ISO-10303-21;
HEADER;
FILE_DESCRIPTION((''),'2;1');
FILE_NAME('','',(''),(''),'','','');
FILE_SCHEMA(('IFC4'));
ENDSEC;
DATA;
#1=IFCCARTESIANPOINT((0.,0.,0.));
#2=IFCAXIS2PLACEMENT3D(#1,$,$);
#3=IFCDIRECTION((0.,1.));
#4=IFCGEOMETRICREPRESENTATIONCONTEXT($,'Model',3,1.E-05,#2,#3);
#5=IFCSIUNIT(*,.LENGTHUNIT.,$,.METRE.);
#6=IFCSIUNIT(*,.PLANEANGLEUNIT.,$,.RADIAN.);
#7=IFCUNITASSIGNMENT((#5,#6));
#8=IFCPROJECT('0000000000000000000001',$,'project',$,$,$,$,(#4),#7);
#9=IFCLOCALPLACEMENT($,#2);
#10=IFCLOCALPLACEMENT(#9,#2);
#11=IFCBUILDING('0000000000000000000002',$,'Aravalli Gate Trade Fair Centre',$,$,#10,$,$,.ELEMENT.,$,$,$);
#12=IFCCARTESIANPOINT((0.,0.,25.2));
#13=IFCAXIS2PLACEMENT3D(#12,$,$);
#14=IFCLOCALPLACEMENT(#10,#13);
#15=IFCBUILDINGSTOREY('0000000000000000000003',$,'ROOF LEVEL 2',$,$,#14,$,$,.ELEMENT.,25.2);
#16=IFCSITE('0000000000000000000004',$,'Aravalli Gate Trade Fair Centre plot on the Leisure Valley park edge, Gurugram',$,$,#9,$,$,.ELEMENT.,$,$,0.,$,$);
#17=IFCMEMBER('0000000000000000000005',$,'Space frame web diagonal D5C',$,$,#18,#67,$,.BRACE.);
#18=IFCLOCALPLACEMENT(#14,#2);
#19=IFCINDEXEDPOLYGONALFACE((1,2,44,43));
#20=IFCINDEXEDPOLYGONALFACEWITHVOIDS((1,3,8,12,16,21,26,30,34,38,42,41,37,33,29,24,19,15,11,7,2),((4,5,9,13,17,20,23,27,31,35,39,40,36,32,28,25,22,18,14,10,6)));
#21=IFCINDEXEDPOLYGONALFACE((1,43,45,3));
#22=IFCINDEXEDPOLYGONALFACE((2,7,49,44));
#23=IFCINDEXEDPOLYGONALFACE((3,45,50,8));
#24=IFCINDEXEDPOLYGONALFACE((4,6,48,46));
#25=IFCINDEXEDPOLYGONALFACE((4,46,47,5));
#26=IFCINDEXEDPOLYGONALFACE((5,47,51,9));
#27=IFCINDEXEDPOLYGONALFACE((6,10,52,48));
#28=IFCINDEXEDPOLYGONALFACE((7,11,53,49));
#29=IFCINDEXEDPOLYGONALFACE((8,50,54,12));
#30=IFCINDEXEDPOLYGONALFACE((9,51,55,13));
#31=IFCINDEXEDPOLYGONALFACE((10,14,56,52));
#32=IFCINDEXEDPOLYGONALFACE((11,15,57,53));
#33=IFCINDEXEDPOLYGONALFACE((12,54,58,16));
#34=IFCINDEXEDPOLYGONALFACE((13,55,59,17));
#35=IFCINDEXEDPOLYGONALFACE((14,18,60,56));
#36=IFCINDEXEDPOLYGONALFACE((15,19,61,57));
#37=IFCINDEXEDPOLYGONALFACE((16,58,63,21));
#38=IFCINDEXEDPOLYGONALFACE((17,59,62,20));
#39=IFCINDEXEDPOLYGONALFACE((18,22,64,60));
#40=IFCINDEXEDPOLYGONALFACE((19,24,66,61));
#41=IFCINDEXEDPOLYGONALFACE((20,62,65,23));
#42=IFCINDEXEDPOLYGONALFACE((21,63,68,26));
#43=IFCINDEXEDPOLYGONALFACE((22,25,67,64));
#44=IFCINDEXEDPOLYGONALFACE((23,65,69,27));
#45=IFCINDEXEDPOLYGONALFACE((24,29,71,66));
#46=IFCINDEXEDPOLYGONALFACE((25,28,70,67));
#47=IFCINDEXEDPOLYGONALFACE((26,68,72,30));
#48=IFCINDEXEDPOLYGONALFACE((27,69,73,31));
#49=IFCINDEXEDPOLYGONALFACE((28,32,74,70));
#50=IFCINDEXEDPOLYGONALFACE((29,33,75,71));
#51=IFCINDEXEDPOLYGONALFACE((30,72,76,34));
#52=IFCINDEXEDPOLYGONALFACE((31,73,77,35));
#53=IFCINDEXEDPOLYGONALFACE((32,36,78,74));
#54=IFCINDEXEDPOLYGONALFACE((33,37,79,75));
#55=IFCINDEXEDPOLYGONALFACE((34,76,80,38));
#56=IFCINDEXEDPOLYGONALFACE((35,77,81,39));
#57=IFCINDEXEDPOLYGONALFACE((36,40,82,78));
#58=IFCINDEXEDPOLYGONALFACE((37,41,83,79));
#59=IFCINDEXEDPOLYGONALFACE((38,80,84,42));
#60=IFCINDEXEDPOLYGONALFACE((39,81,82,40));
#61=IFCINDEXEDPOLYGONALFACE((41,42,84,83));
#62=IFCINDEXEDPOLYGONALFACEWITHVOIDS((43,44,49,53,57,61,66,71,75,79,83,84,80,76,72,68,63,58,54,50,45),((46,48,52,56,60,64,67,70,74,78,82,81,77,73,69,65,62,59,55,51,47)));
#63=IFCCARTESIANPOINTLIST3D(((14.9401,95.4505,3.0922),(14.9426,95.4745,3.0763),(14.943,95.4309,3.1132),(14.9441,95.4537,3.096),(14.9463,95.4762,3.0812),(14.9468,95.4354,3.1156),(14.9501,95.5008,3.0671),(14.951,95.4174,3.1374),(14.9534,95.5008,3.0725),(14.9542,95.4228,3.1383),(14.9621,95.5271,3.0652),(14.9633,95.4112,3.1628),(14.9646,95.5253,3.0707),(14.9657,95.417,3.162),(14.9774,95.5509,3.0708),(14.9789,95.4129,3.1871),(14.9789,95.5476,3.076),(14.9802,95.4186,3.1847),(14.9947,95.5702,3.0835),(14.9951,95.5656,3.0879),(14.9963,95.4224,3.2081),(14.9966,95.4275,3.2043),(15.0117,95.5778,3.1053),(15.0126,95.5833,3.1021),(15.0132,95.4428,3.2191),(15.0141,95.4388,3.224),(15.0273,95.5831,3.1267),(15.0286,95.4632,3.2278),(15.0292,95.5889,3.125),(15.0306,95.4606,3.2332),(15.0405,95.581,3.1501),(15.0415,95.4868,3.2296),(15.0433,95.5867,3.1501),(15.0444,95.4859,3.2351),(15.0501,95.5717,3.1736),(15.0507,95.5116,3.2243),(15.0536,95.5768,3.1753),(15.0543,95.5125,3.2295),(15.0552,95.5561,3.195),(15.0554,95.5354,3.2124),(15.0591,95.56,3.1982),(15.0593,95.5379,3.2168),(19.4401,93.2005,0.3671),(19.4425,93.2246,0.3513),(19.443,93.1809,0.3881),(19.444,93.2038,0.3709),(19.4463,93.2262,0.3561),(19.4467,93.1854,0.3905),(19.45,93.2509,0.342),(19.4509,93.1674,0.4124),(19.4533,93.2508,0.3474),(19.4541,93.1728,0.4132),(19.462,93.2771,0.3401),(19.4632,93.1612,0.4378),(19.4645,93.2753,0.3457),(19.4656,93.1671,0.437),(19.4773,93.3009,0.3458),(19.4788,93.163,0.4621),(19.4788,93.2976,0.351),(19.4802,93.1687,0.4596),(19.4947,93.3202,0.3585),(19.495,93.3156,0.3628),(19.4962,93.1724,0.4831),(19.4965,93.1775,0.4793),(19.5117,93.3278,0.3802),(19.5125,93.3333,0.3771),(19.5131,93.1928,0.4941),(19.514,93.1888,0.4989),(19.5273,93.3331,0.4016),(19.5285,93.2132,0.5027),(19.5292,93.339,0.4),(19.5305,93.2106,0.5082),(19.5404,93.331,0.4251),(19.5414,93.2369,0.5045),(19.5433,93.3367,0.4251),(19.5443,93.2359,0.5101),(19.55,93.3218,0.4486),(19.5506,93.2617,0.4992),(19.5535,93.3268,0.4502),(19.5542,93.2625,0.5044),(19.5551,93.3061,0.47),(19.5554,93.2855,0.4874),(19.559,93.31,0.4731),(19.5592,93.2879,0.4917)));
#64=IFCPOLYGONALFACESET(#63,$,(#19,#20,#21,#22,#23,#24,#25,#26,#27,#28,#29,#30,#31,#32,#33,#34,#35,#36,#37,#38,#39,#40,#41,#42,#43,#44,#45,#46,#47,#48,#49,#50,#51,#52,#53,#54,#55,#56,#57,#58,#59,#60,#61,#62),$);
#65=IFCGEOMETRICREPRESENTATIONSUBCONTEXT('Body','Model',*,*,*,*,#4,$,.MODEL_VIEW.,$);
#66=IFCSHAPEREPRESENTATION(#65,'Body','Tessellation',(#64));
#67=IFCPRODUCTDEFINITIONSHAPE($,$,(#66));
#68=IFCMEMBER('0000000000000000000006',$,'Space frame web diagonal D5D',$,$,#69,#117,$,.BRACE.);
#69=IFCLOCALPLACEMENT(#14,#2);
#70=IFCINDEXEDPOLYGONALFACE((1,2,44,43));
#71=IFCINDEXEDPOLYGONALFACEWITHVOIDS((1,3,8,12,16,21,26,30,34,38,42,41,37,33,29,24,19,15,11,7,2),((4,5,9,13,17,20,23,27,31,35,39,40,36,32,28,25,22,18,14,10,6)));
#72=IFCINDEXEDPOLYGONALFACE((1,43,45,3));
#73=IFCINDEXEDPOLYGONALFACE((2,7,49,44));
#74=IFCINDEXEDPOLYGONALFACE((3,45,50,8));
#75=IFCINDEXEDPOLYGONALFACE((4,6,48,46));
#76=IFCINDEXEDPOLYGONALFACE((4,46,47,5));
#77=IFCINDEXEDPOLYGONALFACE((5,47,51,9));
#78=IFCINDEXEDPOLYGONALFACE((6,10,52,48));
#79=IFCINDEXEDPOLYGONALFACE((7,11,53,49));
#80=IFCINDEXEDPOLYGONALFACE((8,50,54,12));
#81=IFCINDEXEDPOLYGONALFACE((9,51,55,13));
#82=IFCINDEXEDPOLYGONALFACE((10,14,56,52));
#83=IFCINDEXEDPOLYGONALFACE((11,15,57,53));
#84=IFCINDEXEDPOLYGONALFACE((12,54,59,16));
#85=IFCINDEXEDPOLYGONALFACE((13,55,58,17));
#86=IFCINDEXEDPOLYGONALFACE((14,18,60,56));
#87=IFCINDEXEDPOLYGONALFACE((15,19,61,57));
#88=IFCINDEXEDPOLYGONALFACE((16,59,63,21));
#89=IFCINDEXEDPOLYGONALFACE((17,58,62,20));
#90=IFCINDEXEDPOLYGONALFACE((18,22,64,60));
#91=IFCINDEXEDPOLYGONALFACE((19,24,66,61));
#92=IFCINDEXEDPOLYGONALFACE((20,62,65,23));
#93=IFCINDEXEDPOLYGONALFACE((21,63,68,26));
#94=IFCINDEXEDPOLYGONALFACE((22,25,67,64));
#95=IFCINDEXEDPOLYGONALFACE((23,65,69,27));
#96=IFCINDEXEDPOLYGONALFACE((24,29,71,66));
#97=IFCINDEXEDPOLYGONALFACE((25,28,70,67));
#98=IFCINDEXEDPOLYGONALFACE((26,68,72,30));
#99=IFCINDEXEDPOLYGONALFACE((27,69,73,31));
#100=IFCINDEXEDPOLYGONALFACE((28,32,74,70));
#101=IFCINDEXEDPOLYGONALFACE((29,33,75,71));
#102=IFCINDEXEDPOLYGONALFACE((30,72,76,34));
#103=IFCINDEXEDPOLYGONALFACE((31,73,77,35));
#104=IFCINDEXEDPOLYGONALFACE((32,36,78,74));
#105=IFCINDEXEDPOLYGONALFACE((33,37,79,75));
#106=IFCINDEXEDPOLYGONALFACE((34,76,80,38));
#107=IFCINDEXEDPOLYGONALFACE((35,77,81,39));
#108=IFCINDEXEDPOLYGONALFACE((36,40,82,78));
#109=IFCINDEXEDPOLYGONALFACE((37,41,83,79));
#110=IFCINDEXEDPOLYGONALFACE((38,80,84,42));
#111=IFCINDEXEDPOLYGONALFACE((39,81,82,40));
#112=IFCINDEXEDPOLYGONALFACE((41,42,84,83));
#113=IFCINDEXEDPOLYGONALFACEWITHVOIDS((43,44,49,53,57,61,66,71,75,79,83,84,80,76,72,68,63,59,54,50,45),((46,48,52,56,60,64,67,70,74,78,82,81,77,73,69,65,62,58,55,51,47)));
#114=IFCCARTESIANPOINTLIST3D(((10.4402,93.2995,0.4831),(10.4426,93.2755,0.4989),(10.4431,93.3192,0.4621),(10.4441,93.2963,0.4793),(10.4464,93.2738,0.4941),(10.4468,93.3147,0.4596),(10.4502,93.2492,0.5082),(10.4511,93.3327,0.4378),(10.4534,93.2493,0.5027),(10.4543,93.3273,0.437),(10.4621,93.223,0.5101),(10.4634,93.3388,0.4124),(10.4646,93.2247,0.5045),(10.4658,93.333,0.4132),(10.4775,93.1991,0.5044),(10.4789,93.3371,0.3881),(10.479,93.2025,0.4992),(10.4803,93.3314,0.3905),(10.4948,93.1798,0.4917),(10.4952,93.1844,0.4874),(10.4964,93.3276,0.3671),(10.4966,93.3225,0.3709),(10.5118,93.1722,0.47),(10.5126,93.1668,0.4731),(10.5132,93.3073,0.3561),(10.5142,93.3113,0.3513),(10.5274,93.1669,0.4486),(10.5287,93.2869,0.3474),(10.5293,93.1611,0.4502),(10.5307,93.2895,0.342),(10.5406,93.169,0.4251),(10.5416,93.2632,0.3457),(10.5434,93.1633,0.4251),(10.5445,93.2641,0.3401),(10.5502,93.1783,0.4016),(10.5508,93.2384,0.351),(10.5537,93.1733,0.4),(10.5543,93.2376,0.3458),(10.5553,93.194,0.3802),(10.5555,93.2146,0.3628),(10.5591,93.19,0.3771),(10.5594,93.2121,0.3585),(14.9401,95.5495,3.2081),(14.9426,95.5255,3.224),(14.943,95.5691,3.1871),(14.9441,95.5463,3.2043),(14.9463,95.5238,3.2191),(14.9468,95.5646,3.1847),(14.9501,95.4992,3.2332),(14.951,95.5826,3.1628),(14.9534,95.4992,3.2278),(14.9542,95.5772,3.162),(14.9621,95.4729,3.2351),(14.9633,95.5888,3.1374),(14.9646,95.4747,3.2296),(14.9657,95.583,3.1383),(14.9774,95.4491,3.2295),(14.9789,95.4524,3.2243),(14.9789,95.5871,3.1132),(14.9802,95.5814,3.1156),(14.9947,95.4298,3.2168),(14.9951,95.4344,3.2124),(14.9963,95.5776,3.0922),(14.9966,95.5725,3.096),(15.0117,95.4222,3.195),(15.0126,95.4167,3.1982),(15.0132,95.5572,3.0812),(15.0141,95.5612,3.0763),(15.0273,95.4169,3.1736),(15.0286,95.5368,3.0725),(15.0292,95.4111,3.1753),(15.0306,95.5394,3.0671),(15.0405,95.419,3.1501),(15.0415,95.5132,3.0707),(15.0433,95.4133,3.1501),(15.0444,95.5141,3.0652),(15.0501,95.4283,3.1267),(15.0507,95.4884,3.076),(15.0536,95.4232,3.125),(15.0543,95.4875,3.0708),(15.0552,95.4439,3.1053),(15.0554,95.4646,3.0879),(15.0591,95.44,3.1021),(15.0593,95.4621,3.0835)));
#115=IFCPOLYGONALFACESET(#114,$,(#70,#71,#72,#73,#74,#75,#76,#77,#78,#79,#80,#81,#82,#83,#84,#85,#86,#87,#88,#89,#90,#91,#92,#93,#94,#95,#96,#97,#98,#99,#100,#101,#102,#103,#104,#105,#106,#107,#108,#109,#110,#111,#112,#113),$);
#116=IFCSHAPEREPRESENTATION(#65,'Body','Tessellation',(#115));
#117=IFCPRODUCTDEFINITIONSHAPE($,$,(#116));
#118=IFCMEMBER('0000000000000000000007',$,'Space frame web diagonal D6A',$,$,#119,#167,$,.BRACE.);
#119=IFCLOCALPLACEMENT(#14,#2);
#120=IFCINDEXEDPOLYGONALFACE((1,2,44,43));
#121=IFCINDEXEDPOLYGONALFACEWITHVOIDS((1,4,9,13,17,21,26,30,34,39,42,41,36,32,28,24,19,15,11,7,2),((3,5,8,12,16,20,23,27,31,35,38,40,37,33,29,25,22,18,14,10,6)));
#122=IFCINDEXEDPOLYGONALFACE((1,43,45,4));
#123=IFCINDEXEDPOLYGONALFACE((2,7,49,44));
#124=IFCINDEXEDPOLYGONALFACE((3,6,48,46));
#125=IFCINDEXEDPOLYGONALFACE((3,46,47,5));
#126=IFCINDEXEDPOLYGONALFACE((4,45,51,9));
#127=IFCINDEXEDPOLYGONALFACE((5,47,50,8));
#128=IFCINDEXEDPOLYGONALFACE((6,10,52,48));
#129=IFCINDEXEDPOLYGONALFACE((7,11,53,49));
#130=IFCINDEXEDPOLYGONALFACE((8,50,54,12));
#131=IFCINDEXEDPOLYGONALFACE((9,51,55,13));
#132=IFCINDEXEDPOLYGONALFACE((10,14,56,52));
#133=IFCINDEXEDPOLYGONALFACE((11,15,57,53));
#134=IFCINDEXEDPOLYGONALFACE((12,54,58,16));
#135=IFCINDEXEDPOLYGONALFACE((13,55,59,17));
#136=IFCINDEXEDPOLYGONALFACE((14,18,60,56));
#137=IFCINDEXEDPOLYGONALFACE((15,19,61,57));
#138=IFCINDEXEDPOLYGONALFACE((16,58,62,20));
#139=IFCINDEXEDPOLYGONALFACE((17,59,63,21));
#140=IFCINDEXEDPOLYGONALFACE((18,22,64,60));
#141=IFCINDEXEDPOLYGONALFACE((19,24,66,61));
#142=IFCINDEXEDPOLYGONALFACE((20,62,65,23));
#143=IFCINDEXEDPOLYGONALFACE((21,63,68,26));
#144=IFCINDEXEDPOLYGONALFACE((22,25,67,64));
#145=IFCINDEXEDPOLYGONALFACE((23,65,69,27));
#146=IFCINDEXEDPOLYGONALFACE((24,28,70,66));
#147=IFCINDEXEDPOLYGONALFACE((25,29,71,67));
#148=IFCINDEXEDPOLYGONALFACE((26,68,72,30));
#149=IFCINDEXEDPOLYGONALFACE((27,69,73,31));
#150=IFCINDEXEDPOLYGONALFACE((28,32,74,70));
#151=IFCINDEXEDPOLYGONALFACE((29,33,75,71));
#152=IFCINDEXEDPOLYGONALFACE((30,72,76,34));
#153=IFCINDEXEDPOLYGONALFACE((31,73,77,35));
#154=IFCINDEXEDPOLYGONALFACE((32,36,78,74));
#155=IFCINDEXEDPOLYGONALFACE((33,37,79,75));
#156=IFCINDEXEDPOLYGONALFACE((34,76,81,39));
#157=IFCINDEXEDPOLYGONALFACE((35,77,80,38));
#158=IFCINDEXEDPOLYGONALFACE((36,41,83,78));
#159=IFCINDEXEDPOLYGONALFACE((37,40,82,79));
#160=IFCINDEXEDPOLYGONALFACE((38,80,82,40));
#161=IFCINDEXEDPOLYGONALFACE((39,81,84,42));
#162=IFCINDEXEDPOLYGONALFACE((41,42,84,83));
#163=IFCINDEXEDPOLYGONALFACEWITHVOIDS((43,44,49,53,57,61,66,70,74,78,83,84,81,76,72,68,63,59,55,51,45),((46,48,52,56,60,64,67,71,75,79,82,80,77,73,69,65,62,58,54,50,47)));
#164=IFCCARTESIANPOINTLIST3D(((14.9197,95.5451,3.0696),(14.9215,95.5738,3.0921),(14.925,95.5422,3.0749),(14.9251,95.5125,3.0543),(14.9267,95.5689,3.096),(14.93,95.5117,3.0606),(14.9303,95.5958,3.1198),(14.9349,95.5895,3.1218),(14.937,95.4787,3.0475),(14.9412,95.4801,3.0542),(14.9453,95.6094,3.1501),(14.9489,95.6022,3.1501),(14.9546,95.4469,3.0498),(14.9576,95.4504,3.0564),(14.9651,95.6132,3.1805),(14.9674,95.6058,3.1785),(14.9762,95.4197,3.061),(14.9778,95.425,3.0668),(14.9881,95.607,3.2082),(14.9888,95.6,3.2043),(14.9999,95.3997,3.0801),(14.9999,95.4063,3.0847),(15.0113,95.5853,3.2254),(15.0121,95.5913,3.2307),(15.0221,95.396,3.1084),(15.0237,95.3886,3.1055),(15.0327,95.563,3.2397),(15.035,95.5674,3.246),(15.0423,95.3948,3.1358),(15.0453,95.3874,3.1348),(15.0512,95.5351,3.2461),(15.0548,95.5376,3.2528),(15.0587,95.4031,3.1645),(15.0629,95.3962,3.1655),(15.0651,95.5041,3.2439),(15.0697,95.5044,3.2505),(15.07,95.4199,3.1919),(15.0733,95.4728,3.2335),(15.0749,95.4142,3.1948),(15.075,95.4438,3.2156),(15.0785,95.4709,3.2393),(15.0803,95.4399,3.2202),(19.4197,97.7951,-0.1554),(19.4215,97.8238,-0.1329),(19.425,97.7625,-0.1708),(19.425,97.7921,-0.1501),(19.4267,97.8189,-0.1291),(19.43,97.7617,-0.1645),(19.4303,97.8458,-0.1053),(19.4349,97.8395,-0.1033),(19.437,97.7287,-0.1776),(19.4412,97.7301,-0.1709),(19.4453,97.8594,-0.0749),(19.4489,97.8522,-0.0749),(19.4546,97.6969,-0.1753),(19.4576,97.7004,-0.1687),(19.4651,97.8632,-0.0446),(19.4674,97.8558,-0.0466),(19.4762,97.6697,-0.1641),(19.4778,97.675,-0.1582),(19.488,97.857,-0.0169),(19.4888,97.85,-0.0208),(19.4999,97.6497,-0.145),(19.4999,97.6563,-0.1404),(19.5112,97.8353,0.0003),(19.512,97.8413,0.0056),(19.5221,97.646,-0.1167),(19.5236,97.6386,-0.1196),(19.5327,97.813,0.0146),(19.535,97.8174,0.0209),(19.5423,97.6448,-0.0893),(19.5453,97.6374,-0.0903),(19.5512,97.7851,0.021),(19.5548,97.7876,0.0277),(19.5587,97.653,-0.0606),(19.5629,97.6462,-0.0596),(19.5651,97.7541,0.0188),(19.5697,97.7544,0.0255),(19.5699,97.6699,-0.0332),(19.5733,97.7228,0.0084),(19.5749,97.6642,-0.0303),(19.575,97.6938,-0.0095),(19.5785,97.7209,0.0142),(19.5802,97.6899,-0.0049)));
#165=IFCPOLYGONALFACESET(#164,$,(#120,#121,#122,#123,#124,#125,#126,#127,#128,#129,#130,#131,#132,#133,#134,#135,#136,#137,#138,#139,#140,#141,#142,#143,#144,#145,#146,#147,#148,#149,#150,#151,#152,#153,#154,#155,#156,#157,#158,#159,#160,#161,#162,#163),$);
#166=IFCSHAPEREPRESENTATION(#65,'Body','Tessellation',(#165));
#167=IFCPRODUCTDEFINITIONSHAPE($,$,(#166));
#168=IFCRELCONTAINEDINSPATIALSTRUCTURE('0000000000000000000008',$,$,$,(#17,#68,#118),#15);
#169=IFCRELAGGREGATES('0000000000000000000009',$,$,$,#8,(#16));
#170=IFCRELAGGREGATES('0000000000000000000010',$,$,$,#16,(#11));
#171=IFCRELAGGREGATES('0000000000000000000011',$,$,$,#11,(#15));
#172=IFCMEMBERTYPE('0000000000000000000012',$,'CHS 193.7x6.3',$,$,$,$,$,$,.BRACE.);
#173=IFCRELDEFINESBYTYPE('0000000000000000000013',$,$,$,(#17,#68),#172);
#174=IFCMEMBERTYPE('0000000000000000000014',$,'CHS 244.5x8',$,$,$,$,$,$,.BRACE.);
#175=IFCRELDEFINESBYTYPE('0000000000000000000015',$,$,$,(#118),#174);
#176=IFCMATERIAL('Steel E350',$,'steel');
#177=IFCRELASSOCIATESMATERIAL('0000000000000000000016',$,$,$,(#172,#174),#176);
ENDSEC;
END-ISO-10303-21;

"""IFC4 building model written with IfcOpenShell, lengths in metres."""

from ifc_helpers import new_model, si_unit, direction, frame, origin, origin_2d, place, context, subcontext, project, spatial, hollow_circle, extrude, material, material_profile, profile_set, type_object, element, save


model = new_model("IFC4")

# Units and contexts
model_context = context("Model", 3, precision=1e-05, world=origin(), true_north=direction((0.0, 1.0)))
body_context = subcontext(model_context, "Body", "Model", "MODEL_VIEW")
ifc_project = project(units=[si_unit("LENGTHUNIT", "METRE"), si_unit("PLANEANGLEUNIT", "RADIAN")], contexts=[model_context])

# Site, building, storey
site_placement = place(None, origin())
site = spatial("IfcSite", under=ifc_project, at=site_placement, Name="Aravalli Gate Trade Fair Centre plot on the Leisure Valley park edge, Gurugram", CompositionType="ELEMENT", RefElevation=0.0)
building_placement = place(site_placement, origin())
building = spatial("IfcBuilding", under=site, at=building_placement, Name="Aravalli Gate Trade Fair Centre", CompositionType="ELEMENT")
storey_placement = place(building_placement, frame((0.0, 0.0, 25.2)))
storey = spatial("IfcBuildingStorey", under=building, at=storey_placement, Name="ROOF LEVEL 2", CompositionType="ELEMENT", Elevation=25.2)

# Members
ifc_material_1 = material(Name="Steel E350", Category="steel")
ifc_material_profile_1 = material_profile(ifc_material_1, hollow_circle(Radius=0.0969, WallThickness=0.0063, at=origin_2d()), Name="CHS 193.7x6.3")
ifc_profile_set_1 = profile_set([ifc_material_profile_1], Name="Steel E350")
member_type_1 = type_object("IfcMemberType", Name="CHS 193.7x6.3", PredefinedType="BRACE", material=ifc_profile_set_1)
for number, where, z_axis, x_axis, name in (
    (1, (15.0, 95.5, 3.1501), (0.78647, -0.393235, -0.476268), (0.447214, 0.894427, 0.0), "Space frame web diagonal D5C"),
    (2, (15.0, 95.5, 3.1501), (-0.78647, -0.393235, -0.476268), (0.447214, -0.894427, 0.0), "Space frame web diagonal D5D"),
):
    element("IfcMember", number, at=place(storey_placement, frame(where, z_axis=z_axis, x_axis=x_axis)), inside=storey, type_object=member_type_1, Name=name, PredefinedType="BRACE", context=body_context, shape_type="SweptSolid", body=[
        extrude(hollow_circle(Radius=0.0969, WallThickness=0.0063, at=origin_2d()), origin(), (0.0, 0.0, 1.0), 5.7217),
    ])
ifc_material_profile_2 = material_profile(ifc_material_1, hollow_circle(Radius=0.1223, WallThickness=0.0081, at=origin_2d()), Name="CHS 244.5x8")
ifc_profile_set_2 = profile_set([ifc_material_profile_2], Name="Steel E350")
member_type_2 = type_object("IfcMemberType", Name="CHS 244.5x8", PredefinedType="BRACE", material=ifc_profile_set_2)
for number, where, z_axis, x_axis, name in (
    (3, (15.0, 95.5, 3.1501), (0.753, 0.3765, -0.539666), (-0.447214, 0.894427, 0.0), "Space frame web diagonal D6A"),
):
    element("IfcMember", number, at=place(storey_placement, frame(where, z_axis=z_axis, x_axis=x_axis)), inside=storey, type_object=member_type_2, Name=name, PredefinedType="BRACE", context=body_context, shape_type="SweptSolid", body=[
        extrude(hollow_circle(Radius=0.1223, WallThickness=0.0081, at=origin_2d()), origin(), (0.0, 0.0, 1.0), 5.9761),
    ])

save(model, "model.ifc")
